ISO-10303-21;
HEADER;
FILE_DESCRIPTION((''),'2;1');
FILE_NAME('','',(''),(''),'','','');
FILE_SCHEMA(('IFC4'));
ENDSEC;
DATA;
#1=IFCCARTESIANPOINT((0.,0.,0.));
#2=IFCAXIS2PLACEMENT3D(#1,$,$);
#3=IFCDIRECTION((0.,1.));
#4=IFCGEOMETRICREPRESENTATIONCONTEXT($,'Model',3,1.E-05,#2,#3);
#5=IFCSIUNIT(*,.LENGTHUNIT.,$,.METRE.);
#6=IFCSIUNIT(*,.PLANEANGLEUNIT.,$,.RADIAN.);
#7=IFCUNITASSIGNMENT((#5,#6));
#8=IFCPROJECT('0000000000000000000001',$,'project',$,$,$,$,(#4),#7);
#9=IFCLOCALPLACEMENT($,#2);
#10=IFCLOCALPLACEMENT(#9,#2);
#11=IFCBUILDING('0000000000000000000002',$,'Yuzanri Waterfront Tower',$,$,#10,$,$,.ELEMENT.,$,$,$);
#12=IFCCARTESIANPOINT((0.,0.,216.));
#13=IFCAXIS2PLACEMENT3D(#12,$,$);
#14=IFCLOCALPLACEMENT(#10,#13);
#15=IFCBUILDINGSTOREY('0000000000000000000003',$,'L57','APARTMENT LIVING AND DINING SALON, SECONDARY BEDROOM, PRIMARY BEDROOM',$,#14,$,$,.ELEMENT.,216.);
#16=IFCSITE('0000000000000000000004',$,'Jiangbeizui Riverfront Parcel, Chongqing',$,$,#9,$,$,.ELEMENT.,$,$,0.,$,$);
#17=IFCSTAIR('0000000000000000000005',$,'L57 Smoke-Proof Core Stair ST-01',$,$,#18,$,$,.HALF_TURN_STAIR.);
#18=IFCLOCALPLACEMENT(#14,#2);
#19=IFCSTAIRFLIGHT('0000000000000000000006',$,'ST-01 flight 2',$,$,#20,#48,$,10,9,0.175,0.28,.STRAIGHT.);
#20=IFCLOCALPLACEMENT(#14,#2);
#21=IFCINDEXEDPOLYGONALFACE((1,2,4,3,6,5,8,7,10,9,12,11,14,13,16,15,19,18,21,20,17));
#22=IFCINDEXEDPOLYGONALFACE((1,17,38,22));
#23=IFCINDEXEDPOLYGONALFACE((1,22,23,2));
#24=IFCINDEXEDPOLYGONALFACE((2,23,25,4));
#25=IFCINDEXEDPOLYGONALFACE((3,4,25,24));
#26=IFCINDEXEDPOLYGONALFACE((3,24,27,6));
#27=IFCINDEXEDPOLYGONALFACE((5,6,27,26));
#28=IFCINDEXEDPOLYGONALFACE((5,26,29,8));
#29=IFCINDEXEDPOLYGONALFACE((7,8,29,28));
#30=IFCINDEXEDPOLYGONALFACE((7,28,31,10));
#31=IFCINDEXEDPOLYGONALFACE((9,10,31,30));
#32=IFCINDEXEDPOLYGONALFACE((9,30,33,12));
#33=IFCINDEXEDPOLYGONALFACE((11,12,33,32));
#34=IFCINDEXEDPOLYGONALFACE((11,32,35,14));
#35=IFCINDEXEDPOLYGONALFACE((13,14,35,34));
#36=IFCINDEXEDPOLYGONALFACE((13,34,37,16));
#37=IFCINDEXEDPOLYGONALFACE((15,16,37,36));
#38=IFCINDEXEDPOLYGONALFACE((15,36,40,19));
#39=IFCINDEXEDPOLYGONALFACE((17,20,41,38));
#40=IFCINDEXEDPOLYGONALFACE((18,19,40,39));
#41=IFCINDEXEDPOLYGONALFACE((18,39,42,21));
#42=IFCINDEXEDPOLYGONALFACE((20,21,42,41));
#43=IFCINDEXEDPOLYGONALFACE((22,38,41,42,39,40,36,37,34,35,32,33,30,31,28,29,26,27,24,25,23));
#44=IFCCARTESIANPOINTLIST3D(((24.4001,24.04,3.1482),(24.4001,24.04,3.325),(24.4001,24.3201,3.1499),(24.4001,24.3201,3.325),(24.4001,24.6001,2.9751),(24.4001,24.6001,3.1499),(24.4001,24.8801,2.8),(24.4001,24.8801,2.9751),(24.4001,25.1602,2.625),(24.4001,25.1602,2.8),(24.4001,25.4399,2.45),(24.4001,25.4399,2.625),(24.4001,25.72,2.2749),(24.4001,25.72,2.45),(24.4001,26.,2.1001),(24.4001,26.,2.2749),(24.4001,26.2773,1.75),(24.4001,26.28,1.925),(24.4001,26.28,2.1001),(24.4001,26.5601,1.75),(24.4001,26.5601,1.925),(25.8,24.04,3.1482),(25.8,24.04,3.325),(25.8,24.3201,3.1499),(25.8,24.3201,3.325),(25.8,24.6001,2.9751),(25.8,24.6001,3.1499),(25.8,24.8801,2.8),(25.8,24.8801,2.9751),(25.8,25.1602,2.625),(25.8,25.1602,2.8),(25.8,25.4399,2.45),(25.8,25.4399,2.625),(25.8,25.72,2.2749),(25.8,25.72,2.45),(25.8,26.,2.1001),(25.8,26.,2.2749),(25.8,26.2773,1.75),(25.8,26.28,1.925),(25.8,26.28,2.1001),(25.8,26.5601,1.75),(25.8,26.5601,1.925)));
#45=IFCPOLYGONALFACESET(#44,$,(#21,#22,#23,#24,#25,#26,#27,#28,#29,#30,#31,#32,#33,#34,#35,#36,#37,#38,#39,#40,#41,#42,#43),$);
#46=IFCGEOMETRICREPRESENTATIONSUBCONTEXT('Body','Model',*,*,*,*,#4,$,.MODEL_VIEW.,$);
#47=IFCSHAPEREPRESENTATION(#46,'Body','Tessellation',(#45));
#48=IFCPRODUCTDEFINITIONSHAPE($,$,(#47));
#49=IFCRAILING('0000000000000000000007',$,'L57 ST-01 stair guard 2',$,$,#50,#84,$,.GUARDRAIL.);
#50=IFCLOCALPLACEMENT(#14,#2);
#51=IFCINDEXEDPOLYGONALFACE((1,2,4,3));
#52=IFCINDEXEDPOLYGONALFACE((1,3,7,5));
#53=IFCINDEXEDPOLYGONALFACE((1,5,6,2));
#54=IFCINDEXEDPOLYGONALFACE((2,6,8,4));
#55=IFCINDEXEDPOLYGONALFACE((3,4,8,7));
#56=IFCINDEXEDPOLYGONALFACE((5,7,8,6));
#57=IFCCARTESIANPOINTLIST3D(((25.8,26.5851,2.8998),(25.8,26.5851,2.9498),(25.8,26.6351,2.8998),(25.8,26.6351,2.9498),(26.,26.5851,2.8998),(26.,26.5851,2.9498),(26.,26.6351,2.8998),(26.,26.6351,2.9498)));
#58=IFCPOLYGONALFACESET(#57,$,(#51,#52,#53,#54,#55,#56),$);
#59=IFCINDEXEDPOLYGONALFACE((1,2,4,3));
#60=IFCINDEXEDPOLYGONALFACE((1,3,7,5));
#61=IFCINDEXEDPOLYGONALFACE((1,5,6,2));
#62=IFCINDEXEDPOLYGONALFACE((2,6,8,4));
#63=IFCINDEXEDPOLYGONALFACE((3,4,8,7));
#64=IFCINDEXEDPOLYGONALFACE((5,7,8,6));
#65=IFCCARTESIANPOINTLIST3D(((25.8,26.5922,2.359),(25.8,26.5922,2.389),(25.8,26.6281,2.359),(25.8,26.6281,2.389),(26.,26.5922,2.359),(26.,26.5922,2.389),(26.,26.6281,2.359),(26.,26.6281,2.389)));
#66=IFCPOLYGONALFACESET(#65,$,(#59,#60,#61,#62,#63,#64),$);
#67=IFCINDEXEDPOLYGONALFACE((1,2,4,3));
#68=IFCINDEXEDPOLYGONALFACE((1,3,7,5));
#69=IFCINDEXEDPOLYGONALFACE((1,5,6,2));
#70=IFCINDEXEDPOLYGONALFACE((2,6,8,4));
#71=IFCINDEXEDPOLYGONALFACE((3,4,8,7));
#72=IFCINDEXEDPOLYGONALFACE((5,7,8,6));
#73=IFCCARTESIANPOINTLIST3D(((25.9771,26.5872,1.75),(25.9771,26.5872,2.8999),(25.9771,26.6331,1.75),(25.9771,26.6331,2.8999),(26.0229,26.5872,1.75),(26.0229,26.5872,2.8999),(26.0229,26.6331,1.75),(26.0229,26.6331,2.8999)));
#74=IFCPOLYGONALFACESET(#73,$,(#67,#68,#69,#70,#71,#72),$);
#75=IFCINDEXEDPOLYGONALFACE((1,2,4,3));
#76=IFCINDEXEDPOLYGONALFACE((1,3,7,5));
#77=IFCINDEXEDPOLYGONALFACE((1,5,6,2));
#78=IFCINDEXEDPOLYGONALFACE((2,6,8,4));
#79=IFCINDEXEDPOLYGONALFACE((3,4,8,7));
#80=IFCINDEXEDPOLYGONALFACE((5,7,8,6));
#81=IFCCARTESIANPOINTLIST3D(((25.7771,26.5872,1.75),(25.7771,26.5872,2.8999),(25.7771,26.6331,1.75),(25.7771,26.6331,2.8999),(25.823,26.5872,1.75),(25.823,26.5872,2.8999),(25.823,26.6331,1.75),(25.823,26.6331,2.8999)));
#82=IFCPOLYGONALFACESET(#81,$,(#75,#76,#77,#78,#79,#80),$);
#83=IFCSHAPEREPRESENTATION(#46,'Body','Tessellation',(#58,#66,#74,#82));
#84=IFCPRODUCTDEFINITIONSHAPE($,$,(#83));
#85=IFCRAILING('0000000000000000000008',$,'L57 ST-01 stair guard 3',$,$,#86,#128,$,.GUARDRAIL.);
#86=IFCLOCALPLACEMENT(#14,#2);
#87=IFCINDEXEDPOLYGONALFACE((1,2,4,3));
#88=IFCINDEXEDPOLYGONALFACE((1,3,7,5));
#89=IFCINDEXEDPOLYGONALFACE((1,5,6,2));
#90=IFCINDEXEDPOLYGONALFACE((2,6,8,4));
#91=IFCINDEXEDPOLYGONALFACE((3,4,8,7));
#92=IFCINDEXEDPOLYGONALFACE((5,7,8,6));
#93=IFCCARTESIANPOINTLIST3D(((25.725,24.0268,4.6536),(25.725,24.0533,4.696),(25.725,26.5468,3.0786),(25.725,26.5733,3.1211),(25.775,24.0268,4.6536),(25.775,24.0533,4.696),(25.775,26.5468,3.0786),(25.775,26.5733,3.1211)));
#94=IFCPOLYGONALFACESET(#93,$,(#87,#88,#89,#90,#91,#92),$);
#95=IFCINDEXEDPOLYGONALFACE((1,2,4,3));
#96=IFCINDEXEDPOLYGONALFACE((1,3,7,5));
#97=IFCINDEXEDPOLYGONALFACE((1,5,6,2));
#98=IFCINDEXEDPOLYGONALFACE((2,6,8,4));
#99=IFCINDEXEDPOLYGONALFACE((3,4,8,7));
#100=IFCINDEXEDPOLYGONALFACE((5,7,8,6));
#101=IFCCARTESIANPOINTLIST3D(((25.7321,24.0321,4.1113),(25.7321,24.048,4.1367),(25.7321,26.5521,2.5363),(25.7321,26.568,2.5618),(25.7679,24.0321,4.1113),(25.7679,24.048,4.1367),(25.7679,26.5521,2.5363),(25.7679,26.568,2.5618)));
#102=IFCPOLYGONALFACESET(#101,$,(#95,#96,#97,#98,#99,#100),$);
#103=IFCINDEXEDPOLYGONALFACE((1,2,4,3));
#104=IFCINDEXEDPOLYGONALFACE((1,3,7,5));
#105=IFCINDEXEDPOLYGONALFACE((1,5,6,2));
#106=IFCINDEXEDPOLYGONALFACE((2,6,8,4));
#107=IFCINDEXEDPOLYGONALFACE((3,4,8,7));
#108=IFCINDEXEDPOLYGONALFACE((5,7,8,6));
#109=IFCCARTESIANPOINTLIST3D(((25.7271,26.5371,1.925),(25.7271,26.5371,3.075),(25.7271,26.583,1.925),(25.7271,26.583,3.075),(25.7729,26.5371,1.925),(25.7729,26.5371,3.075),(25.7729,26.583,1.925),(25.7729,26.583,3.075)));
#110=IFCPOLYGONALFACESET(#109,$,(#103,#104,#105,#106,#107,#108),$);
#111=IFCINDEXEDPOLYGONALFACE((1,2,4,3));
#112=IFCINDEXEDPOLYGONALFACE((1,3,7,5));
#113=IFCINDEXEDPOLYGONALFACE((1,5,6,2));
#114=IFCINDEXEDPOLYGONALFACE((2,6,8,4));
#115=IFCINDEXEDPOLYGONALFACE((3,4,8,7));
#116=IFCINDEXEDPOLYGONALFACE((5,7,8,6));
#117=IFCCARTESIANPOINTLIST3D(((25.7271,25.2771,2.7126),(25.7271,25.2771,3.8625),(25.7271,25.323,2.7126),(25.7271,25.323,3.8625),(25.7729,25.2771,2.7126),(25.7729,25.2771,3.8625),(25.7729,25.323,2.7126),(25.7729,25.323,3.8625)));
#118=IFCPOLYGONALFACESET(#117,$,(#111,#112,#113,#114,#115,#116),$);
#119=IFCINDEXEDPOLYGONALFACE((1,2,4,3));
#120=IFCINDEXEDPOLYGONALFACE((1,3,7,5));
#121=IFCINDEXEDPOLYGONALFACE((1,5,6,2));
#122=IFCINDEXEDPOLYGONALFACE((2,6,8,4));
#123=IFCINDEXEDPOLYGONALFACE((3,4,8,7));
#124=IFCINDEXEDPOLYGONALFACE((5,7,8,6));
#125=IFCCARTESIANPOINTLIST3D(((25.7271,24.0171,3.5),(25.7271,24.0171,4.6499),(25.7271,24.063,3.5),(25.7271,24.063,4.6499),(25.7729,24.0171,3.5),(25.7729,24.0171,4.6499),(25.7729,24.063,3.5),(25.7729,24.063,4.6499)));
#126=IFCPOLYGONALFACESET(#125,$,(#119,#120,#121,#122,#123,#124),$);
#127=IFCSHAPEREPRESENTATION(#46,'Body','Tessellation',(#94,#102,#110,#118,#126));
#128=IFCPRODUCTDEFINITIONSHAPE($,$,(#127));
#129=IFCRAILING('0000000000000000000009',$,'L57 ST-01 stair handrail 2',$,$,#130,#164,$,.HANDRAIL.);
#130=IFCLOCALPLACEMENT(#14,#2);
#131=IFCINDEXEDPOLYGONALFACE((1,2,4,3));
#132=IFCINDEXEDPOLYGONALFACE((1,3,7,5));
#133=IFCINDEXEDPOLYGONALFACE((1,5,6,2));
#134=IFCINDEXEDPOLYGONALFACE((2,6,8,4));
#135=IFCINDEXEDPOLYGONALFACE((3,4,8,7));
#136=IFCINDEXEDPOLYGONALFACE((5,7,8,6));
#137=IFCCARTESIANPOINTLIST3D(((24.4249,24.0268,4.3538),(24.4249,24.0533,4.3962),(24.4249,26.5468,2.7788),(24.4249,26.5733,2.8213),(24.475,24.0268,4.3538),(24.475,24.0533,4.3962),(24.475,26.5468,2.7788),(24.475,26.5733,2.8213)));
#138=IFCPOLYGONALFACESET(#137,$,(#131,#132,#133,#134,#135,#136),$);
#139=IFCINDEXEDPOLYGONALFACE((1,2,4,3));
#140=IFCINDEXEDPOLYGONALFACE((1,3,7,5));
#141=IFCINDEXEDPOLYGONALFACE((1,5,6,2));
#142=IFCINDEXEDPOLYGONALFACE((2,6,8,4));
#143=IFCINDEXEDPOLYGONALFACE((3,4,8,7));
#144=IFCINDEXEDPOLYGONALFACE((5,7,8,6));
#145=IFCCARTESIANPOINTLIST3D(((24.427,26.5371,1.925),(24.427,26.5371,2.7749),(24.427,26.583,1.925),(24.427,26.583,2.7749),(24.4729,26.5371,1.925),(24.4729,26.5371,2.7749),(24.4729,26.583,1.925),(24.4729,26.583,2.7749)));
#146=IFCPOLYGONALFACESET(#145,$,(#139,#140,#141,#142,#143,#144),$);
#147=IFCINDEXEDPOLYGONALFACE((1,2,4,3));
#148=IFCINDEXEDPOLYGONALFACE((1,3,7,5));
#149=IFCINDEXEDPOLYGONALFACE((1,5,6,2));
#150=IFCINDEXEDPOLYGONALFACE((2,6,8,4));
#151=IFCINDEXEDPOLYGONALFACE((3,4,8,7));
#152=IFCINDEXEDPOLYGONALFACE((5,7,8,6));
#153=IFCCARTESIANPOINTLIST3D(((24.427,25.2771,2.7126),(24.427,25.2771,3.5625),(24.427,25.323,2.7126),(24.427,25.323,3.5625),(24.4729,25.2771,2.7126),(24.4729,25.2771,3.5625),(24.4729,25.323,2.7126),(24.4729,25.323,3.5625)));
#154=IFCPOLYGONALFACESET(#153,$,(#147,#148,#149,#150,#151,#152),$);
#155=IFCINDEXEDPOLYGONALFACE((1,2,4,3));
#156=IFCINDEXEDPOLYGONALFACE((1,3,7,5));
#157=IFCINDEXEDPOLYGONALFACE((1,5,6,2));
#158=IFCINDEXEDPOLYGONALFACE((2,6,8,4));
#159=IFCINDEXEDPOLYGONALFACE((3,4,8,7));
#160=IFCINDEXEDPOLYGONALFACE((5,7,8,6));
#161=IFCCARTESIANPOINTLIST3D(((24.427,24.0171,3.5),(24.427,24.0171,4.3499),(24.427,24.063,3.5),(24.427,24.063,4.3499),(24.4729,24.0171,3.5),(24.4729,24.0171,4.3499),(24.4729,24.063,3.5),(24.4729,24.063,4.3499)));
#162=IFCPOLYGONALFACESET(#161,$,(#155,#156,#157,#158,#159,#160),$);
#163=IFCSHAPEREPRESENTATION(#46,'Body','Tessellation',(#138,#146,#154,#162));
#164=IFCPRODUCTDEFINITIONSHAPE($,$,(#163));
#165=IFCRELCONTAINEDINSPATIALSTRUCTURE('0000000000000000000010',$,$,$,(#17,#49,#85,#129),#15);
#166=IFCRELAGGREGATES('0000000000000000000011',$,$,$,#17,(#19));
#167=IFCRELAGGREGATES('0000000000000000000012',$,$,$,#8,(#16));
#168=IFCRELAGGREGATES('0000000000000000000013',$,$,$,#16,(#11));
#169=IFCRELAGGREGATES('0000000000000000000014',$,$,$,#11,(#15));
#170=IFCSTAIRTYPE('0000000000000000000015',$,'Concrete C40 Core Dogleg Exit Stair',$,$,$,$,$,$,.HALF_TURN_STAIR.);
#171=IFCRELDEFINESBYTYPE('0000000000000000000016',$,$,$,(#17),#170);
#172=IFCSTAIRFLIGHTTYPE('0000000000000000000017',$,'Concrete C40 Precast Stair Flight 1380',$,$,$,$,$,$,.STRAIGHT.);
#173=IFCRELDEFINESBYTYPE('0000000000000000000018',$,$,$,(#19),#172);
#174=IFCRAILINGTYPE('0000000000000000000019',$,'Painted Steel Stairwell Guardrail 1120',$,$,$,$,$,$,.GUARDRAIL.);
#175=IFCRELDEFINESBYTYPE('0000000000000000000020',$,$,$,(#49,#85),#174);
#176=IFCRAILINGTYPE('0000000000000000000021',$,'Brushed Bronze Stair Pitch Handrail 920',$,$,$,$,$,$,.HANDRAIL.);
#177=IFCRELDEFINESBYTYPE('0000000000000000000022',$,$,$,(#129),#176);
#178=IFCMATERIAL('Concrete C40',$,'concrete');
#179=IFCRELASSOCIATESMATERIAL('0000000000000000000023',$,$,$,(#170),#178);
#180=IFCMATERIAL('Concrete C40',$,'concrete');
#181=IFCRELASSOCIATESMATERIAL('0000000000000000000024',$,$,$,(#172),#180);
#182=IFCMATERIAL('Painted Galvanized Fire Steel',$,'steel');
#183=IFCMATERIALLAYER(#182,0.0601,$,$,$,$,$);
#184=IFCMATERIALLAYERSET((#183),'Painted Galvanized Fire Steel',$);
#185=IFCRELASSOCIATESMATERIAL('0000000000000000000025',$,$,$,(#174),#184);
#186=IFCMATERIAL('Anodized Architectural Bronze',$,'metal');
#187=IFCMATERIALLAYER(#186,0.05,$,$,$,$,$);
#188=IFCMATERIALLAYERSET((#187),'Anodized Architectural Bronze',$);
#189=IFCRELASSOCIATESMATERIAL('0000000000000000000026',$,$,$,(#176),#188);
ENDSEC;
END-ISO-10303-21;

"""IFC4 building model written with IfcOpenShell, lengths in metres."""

from ifc_helpers import new_model, si_unit, direction, frame, origin, origin_2d, place, context, subcontext, project, spatial, polyline, rectangle, outline, extrude, source, transform, mapped, material, layer, layer_set, type_object, element, aggregate, save


model = new_model("IFC4")

# Units and contexts
model_context = context("Model", 3, precision=1e-05, world=origin(), true_north=direction((0.0, 1.0)))
body_context = subcontext(model_context, "Body", "Model", "MODEL_VIEW")
ifc_project = project(units=[si_unit("LENGTHUNIT", "METRE"), si_unit("PLANEANGLEUNIT", "RADIAN")], contexts=[model_context])

# Site, building, storey
site_placement = place(None, origin())
site = spatial("IfcSite", under=ifc_project, at=site_placement, Name="Jiangbeizui Riverfront Parcel, Chongqing", CompositionType="ELEMENT", RefElevation=0.0)
building_placement = place(site_placement, origin())
building = spatial("IfcBuilding", under=site, at=building_placement, Name="Yuzanri Waterfront Tower", CompositionType="ELEMENT")
storey_placement = place(building_placement, frame((0.0, 0.0, 216.0)))
storey = spatial("IfcBuildingStorey", under=building, at=storey_placement, Name="L57", Description="APARTMENT LIVING AND DINING SALON, SECONDARY BEDROOM, PRIMARY BEDROOM", CompositionType="ELEMENT", Elevation=216.0)

# Stair, stair flight
ifc_material_1 = material(Name="Concrete C40", Category="concrete")
stair_type = type_object("IfcStairType", Name="Concrete C40 Core Dogleg Exit Stair", PredefinedType="HALF_TURN_STAIR", material=ifc_material_1)
stair_placement = place(storey_placement, origin())
stair = element("IfcStair", 1, at=stair_placement, inside=storey, type_object=stair_type, Name="L57 Smoke-Proof Core Stair ST-01", PredefinedType="HALF_TURN_STAIR")
ifc_material_2 = material(Name="Concrete C40", Category="concrete")
stair_flight_type = type_object("IfcStairFlightType", Name="Concrete C40 Precast Stair Flight 1380", PredefinedType="STRAIGHT", material=ifc_material_2)
shared_shape_1 = source(origin(), body_context, "Body", "SweptSolid", [
    extrude(outline(polyline([(0.0, 0.0), (0.0, 0.175), (0.28, 0.175), (0.28, 0.3501), (0.5601, 0.3501), (0.5601, 0.5249), (0.8401, 0.5249), (0.8401, 0.7), (1.1201, 0.7), (1.1201, 0.875), (1.3999, 0.875), (1.3999, 1.05), (1.6799, 1.05), (1.6799, 1.2251), (1.96, 1.2251), (1.96, 1.3999), (2.24, 1.3999), (2.24, 1.575), (2.52, 1.575), (2.52, 1.75), (2.52, 1.3982), (0.2827, 0.0), (0.0, 0.0)])), frame((0.0, 0.7, 0.0), z_axis=(0.0, -1.0, 0.0), x_axis=(1.0, 0.0, 0.0)), (0.0, 0.0, 1.0), 1.3999),
])
stair_flight_placement = place(storey_placement, frame((25.1001, 26.5601, 1.75), z_axis=(0.0, 0.0, 1.0), x_axis=(0.0, -1.0, 0.0)))
stair_flight = element("IfcStairFlight", 2, at=stair_flight_placement, type_object=stair_flight_type, Name="ST-01 flight 2", NumberOfRisers=10, NumberOfTreads=9, PredefinedType="STRAIGHT", RiserHeight=0.175, TreadLength=0.28, context=body_context, shape_type="MappedRepresentation", body=[
    mapped(shared_shape_1, transform((0.0, 0.0, 0.0), scale=1.0)),
])
aggregate(stair, [stair_flight])

# Railings
ifc_material_3 = material(Name="Painted Galvanized Fire Steel", Category="steel")
ifc_layer_1 = layer(ifc_material_3, 0.0601)
ifc_layer_set_1 = layer_set([ifc_layer_1], Name="Painted Galvanized Fire Steel")
railing_type_1 = type_object("IfcRailingType", Name="Painted Steel Stairwell Guardrail 1120", PredefinedType="GUARDRAIL", material=ifc_layer_set_1)
shared_shape_2 = source(origin(), body_context, "Body", "SweptSolid", [
    extrude(rectangle(XDim=0.05, YDim=0.05, at=origin_2d()), frame((0.0, 0.0, 1.1748), z_axis=(-1.0, 0.0, 0.0), x_axis=(0.0, -1.0, 0.0)), (0.0, 0.0, 1.0), 0.2),
    extrude(rectangle(XDim=0.0359, YDim=0.03, at=origin_2d()), frame((0.0, 0.0, 0.624), z_axis=(-1.0, 0.0, 0.0), x_axis=(0.0, -1.0, 0.0)), (0.0, 0.0, 1.0), 0.2),
    extrude(rectangle(XDim=0.0459, YDim=0.0459, at=origin_2d()), origin(), (0.0, 0.0, 1.0), 1.1499),
    extrude(rectangle(XDim=0.0459, YDim=0.0459, at=origin_2d()), frame((-0.2, 0.0, 0.0)), (0.0, 0.0, 1.0), 1.1499),
])
railing_1_placement = place(storey_placement, frame((26.0, 26.6101, 1.75)))
element("IfcRailing", 3, at=railing_1_placement, inside=storey, type_object=railing_type_1, Name="L57 ST-01 stair guard 2", PredefinedType="GUARDRAIL", context=body_context, shape_type="MappedRepresentation", body=[
    mapped(shared_shape_2, transform((0.0, 0.0, 0.0), scale=1.0)),
])
shared_shape_3 = source(origin(), body_context, "Body", "SweptSolid", [
    extrude(rectangle(XDim=0.05, YDim=0.05, at=origin_2d()), frame((0.0, 0.0, 1.1748), z_axis=(0.0, -0.848008, 0.529984), x_axis=(1.0, 0.0, 0.0)), (0.0, 0.0, 1.0), 2.9717),
    extrude(rectangle(XDim=0.0359, YDim=0.03, at=origin_2d()), frame((0.0, 0.0, 0.624), z_axis=(0.0, -0.848008, 0.529984), x_axis=(1.0, 0.0, 0.0)), (0.0, 0.0, 1.0), 2.9717),
    extrude(rectangle(XDim=0.0459, YDim=0.0459, at=origin_2d()), origin(), (0.0, 0.0, 1.0), 1.1499),
    extrude(rectangle(XDim=0.0459, YDim=0.0459, at=origin_2d()), frame((0.0, -1.26, 0.7876)), (0.0, 0.0, 1.0), 1.1499),
    extrude(rectangle(XDim=0.0459, YDim=0.0459, at=origin_2d()), frame((0.0, -2.52, 1.575)), (0.0, 0.0, 1.0), 1.1499),
])
railing_2_placement = place(storey_placement, frame((25.75, 26.5601, 1.925)))
element("IfcRailing", 4, at=railing_2_placement, inside=storey, type_object=railing_type_1, Name="L57 ST-01 stair guard 3", PredefinedType="GUARDRAIL", context=body_context, shape_type="MappedRepresentation", body=[
    mapped(shared_shape_3, transform((0.0, 0.0, 0.0), scale=1.0)),
])
ifc_material_4 = material(Name="Anodized Architectural Bronze", Category="metal")
ifc_layer_2 = layer(ifc_material_4, 0.05)
ifc_layer_set_2 = layer_set([ifc_layer_2], Name="Anodized Architectural Bronze")
railing_type_2 = type_object("IfcRailingType", Name="Brushed Bronze Stair Pitch Handrail 920", PredefinedType="HANDRAIL", material=ifc_layer_set_2)
shared_shape_4 = source(origin(), body_context, "Body", "SweptSolid", [
    extrude(rectangle(XDim=0.05, YDim=0.05, at=origin_2d()), frame((0.0, 0.0, 0.875), z_axis=(0.0, -0.848008, 0.529984), x_axis=(1.0, 0.0, 0.0)), (0.0, 0.0, 1.0), 2.9717),
    extrude(rectangle(XDim=0.0459, YDim=0.0459, at=origin_2d()), origin(), (0.0, 0.0, 1.0), 0.8499),
    extrude(rectangle(XDim=0.0459, YDim=0.0459, at=origin_2d()), frame((0.0, -1.26, 0.7876)), (0.0, 0.0, 1.0), 0.8499),
    extrude(rectangle(XDim=0.0459, YDim=0.0459, at=origin_2d()), frame((0.0, -2.52, 1.575)), (0.0, 0.0, 1.0), 0.8499),
])
railing_3_placement = place(storey_placement, frame((24.45, 26.5601, 1.925)))
element("IfcRailing", 5, at=railing_3_placement, inside=storey, type_object=railing_type_2, Name="L57 ST-01 stair handrail 2", PredefinedType="HANDRAIL", context=body_context, shape_type="MappedRepresentation", body=[
    mapped(shared_shape_4, transform((0.0, 0.0, 0.0), scale=1.0)),
])

save(model, "model.ifc")
